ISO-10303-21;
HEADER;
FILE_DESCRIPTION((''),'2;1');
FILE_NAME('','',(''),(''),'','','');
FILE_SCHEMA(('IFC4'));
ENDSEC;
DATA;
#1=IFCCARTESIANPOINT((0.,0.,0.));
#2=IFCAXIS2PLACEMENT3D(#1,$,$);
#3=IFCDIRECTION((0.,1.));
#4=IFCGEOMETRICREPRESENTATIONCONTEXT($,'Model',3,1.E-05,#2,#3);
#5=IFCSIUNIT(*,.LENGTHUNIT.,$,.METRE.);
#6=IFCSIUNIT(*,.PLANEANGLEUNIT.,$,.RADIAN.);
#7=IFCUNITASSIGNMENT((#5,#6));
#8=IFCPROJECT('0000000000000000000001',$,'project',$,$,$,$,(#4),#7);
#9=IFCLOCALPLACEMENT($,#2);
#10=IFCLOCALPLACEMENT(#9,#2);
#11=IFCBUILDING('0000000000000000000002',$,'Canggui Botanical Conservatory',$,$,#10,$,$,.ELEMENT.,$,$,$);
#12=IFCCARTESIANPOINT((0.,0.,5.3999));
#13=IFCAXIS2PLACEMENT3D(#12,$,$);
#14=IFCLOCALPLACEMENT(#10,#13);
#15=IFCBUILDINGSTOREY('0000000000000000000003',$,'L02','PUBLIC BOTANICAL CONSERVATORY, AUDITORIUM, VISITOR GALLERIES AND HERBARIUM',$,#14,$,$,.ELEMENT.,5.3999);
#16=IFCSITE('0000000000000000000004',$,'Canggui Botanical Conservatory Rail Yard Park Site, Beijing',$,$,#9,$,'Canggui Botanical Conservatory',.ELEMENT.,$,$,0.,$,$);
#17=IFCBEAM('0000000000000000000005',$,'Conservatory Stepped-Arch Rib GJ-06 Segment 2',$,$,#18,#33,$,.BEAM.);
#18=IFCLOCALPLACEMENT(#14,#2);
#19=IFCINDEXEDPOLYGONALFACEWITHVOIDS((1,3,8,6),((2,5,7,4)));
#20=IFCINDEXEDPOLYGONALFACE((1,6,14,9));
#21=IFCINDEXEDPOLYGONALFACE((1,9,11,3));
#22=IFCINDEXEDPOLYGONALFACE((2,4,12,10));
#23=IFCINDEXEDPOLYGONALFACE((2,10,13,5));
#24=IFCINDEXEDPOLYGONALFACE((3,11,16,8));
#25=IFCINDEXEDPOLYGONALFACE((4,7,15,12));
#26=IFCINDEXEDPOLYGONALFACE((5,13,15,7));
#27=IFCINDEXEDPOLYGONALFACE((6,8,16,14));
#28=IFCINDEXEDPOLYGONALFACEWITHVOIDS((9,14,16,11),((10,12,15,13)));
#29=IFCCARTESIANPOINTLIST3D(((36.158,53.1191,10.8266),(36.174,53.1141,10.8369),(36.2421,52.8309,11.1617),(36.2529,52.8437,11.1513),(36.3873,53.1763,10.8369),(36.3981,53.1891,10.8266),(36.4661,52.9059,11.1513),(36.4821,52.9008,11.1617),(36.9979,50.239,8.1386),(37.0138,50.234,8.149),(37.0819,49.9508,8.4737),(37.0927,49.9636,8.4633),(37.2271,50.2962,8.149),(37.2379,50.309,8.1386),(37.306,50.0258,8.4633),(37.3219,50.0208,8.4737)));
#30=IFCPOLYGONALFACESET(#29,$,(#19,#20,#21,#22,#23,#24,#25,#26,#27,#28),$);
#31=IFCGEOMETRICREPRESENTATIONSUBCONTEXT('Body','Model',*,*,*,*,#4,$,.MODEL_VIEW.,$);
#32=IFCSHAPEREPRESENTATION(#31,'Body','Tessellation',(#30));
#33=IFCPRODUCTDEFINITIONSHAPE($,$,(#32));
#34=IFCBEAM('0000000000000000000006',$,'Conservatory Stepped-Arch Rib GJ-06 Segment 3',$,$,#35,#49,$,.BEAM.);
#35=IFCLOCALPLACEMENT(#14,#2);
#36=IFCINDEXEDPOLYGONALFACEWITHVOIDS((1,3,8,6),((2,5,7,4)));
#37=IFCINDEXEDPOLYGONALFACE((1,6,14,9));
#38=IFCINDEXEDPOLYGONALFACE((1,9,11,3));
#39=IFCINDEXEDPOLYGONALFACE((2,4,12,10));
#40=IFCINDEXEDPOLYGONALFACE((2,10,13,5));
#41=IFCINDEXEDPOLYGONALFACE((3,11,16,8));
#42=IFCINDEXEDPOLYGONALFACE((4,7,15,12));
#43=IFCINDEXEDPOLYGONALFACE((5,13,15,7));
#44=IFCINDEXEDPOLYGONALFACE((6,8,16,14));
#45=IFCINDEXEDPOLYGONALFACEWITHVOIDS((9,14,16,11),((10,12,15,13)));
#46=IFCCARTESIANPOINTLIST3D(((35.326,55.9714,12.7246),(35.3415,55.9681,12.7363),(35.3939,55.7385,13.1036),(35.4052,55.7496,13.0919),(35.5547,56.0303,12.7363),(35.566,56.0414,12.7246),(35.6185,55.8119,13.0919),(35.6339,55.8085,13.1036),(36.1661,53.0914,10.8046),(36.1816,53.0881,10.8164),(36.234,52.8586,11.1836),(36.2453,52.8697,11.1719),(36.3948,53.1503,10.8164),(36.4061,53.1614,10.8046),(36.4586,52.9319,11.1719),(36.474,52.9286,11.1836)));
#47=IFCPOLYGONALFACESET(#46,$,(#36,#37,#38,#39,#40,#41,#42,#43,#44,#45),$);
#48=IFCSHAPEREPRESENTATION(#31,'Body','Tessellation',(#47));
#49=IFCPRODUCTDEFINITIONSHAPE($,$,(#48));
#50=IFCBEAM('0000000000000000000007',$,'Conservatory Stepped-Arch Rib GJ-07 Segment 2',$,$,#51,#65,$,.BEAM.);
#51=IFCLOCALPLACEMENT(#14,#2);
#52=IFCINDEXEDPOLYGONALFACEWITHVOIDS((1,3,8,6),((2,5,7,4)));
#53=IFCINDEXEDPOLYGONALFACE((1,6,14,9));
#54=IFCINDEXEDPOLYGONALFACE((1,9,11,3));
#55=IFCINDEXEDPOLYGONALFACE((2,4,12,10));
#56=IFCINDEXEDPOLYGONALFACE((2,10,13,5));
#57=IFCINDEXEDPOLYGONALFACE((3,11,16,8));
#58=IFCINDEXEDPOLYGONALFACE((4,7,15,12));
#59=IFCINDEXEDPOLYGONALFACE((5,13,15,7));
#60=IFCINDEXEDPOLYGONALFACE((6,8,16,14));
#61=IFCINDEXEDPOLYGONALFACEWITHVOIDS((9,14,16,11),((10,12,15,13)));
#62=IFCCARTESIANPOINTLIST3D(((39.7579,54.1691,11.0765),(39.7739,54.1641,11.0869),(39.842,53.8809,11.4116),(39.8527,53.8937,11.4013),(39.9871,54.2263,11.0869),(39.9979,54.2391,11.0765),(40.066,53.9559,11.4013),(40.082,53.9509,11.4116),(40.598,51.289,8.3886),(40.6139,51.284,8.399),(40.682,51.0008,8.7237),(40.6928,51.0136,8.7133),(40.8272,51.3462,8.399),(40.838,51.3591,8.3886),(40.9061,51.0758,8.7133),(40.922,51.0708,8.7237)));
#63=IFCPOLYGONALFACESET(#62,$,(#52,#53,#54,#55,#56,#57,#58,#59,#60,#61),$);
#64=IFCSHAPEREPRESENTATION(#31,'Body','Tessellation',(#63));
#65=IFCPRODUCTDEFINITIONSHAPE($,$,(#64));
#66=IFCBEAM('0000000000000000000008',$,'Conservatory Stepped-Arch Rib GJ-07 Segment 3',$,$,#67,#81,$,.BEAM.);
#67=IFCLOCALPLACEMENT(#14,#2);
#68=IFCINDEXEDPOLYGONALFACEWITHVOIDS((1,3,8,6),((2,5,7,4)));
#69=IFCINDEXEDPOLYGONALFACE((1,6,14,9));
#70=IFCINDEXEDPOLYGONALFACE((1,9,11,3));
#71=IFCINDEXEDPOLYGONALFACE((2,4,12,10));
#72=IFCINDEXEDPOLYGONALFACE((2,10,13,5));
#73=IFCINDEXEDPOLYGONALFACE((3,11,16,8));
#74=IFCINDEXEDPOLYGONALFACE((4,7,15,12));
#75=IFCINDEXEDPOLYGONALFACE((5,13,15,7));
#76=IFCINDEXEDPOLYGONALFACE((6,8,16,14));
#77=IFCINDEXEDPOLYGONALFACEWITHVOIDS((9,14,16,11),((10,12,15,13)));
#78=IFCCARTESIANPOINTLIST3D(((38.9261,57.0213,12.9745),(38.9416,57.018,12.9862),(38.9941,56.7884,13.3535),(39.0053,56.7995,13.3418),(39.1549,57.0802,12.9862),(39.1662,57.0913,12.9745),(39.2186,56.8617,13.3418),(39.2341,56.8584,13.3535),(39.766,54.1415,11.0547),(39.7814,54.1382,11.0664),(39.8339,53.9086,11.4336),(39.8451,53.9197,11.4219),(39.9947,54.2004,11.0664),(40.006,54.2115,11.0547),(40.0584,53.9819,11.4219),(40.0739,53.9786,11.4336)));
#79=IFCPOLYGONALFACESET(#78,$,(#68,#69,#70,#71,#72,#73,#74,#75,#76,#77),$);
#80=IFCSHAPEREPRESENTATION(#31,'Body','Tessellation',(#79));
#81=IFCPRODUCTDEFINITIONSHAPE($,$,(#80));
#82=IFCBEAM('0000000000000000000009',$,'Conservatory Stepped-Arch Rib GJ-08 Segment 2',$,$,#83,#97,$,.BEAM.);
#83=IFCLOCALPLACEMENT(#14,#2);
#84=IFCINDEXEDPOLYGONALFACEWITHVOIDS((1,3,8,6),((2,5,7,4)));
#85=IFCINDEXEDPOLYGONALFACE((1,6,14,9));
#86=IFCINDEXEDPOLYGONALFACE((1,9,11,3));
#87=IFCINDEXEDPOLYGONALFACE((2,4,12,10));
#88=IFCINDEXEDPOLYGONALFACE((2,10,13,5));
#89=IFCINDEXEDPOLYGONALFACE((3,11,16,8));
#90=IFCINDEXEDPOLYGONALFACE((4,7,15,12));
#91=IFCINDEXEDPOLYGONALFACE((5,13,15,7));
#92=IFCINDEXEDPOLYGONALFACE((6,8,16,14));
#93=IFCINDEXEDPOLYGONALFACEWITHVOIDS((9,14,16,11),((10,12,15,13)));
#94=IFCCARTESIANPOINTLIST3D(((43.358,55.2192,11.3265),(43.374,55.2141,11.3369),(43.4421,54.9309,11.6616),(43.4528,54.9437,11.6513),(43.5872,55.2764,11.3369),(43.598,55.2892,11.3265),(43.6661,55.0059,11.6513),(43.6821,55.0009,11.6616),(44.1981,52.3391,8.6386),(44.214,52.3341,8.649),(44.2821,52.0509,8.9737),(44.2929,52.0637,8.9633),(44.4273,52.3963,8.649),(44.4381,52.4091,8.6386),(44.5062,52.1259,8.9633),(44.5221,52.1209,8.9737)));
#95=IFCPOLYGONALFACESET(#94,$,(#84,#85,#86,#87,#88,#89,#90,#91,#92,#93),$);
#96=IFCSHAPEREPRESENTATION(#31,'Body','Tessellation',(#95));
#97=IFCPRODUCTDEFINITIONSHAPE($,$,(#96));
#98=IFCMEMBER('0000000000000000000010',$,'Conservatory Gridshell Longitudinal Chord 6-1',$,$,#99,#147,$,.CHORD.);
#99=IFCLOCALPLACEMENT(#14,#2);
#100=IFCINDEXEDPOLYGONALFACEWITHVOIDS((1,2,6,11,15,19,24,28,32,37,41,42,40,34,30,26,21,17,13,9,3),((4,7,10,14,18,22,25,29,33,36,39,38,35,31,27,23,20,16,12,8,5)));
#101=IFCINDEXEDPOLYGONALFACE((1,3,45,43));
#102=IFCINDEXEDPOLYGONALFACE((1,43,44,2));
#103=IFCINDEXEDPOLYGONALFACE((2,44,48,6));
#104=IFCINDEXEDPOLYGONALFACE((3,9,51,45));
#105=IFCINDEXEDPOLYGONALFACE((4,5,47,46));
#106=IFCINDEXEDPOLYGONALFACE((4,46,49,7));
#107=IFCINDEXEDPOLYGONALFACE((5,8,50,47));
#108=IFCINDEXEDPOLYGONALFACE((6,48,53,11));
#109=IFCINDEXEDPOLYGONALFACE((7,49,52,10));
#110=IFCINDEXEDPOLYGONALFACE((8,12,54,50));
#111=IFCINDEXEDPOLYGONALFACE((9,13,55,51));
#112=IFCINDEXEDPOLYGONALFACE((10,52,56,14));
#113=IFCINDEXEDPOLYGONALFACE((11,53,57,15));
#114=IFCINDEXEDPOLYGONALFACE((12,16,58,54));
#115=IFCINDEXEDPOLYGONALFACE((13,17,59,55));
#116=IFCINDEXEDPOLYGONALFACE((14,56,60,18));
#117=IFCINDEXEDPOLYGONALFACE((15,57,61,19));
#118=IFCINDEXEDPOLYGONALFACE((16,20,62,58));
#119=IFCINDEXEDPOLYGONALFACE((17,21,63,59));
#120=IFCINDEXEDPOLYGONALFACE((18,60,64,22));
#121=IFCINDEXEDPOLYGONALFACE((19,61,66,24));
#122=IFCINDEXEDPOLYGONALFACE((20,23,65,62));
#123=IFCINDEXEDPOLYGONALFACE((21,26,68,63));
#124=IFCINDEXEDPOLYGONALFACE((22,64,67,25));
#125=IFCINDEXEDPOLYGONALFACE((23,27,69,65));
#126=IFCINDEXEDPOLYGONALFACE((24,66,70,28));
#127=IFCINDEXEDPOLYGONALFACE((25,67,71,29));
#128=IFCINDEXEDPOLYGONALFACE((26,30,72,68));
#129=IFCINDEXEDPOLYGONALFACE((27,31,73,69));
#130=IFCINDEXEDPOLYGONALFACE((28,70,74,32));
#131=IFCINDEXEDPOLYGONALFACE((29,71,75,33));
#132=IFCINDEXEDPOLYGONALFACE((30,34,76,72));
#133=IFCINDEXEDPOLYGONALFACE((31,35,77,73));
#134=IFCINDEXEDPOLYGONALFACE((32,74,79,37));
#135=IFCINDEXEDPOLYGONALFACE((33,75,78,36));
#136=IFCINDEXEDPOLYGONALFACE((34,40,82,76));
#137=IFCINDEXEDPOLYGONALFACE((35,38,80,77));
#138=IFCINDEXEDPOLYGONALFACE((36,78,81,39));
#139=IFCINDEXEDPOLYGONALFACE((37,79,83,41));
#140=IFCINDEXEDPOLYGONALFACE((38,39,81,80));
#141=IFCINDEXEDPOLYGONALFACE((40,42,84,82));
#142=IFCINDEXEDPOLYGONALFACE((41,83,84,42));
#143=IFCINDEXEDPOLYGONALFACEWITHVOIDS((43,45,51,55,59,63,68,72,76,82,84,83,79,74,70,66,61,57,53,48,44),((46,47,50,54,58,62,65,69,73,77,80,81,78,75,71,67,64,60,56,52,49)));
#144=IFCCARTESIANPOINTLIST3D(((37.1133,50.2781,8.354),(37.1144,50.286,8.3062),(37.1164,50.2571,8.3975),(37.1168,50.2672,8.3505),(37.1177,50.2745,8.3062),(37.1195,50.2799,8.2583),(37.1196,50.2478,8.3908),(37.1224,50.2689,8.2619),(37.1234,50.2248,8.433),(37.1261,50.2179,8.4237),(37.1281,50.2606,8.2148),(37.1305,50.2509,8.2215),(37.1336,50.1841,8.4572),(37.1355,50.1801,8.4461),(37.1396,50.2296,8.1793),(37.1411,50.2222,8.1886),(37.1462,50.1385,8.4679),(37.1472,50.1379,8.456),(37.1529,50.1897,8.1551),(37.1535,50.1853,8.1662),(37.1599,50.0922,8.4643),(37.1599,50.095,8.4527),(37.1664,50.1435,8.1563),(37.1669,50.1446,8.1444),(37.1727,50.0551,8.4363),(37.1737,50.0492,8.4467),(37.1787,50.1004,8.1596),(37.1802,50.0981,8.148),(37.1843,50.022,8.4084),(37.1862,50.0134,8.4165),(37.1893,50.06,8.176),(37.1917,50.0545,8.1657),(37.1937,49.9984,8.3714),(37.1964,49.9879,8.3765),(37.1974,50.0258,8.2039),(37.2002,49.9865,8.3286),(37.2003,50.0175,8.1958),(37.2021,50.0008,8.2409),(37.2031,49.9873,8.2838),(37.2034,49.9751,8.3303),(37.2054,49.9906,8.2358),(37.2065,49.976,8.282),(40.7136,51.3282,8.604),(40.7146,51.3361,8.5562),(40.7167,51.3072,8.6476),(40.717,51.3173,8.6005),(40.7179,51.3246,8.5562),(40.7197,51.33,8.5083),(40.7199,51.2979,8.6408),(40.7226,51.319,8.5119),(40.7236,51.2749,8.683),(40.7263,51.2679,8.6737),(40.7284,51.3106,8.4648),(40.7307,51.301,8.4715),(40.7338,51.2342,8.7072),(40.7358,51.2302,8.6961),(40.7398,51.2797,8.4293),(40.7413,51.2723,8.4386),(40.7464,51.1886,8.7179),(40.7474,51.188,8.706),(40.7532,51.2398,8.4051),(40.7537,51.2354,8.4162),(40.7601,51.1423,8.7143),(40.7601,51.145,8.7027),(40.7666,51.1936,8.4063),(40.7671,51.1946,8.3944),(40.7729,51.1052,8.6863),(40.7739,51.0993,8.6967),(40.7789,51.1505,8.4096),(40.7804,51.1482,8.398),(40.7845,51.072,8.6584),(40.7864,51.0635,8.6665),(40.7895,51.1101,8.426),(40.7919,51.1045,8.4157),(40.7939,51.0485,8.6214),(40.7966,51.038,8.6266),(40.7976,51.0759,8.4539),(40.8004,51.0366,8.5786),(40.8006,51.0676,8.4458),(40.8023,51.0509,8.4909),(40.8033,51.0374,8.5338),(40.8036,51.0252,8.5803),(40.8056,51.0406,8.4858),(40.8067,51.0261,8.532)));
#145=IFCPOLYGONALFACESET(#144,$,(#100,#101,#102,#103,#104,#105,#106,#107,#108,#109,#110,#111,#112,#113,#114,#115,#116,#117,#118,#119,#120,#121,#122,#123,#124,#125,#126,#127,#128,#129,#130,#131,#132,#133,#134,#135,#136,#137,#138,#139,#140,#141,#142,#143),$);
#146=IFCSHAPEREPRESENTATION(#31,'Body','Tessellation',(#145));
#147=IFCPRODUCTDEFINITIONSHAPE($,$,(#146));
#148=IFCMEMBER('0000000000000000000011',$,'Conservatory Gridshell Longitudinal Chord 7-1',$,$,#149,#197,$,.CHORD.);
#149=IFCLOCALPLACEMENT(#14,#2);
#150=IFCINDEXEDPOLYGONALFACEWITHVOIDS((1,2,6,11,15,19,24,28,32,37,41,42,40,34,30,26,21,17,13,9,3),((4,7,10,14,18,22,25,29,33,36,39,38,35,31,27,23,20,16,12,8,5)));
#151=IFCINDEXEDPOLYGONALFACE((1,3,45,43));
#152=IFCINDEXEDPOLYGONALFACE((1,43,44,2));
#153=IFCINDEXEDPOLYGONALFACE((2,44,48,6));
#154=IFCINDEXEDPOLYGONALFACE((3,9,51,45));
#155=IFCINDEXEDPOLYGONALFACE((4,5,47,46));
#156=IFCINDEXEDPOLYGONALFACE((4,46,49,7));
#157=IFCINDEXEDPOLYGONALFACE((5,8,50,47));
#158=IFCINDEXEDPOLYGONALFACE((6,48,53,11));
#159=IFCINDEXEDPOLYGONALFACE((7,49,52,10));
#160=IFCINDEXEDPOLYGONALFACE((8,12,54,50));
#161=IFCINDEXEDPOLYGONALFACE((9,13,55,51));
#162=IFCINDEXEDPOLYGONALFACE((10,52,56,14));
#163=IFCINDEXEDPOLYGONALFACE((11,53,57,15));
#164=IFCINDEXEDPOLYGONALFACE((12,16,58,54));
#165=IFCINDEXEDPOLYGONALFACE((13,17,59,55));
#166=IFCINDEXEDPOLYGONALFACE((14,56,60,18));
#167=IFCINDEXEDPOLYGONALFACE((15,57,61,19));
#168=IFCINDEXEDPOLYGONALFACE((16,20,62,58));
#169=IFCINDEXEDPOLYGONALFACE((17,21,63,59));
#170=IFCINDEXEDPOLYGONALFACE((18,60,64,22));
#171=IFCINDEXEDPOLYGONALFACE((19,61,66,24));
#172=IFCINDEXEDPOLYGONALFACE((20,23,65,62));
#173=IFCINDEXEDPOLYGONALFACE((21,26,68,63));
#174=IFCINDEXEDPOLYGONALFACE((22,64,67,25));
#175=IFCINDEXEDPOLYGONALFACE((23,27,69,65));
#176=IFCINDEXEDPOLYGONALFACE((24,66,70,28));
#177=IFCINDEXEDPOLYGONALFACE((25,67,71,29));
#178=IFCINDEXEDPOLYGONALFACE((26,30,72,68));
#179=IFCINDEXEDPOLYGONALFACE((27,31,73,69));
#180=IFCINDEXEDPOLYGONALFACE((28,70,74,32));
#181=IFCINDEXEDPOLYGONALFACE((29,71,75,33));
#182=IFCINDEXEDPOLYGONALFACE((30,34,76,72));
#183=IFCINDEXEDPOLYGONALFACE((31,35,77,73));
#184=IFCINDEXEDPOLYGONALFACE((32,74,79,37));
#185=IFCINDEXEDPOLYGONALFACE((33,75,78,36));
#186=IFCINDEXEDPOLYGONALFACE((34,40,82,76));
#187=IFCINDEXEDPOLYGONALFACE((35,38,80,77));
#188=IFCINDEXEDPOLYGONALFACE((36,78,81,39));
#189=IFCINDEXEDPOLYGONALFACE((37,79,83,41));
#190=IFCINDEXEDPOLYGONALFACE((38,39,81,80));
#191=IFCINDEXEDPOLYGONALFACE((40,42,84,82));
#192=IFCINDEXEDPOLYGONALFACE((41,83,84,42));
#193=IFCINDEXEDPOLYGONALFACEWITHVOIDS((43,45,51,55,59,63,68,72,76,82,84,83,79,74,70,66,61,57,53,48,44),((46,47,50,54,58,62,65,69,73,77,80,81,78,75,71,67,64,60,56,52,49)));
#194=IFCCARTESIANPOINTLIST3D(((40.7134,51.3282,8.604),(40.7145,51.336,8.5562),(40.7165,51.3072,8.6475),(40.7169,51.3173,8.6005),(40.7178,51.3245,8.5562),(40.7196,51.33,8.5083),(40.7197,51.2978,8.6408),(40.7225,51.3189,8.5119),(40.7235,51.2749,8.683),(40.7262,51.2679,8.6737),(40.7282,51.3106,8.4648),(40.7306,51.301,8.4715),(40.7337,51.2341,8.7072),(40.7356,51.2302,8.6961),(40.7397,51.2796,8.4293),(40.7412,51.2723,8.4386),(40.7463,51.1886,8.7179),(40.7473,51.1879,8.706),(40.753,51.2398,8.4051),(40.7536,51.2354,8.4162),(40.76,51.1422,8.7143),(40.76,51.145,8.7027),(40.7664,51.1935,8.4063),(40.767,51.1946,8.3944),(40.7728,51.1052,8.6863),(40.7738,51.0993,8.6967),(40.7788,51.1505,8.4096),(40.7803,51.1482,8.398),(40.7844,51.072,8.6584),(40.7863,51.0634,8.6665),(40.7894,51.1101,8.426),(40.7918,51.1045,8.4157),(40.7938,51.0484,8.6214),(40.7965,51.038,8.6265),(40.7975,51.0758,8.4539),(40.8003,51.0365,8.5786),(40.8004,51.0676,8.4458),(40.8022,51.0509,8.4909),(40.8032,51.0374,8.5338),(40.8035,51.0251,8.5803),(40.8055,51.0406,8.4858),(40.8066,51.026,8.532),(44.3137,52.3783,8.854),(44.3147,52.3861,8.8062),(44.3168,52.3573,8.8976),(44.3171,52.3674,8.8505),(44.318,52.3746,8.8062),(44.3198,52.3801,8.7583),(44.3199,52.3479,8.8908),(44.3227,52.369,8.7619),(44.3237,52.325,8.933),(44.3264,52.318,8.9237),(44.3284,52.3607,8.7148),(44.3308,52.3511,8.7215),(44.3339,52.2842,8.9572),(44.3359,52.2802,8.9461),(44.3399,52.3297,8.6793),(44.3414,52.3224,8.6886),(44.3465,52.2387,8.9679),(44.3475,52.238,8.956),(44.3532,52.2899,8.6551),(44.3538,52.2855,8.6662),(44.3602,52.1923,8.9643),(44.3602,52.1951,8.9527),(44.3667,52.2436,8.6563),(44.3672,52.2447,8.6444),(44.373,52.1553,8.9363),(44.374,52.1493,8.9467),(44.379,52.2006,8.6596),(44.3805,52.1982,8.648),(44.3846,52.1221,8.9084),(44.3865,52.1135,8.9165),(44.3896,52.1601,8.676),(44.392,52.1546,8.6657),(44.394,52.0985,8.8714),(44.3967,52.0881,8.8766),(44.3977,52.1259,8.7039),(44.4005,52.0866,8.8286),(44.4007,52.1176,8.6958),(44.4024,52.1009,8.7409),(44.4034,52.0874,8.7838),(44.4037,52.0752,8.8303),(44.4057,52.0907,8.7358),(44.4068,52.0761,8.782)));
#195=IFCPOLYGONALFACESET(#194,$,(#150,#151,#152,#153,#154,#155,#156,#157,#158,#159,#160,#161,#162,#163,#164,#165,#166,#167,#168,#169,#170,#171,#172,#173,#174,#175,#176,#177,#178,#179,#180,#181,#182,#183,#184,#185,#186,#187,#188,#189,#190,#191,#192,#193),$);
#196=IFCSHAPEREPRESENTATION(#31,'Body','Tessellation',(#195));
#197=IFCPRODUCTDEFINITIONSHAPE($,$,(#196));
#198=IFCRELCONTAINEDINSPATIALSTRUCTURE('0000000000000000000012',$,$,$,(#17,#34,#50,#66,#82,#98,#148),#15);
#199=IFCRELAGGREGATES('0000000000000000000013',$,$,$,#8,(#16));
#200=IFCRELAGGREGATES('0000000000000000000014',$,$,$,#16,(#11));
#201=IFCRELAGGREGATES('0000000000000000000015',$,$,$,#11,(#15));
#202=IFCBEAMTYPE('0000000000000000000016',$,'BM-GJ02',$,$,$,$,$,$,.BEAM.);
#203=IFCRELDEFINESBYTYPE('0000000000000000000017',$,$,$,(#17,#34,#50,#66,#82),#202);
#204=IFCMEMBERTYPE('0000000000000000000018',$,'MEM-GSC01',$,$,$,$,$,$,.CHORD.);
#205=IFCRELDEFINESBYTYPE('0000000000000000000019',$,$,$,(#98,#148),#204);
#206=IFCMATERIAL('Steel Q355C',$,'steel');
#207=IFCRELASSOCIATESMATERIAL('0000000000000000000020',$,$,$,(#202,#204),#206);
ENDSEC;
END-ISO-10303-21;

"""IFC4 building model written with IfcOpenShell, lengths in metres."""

from ifc_helpers import new_model, si_unit, direction, frame, origin, origin_2d, place, context, subcontext, project, spatial, hollow_rectangle, hollow_circle, extrude, material, material_profile, profile_set, type_object, element, save


model = new_model("IFC4")

# Units and contexts
model_context = context("Model", 3, precision=1e-05, world=origin(), true_north=direction((0.0, 1.0)))
body_context = subcontext(model_context, "Body", "Model", "MODEL_VIEW")
ifc_project = project(units=[si_unit("LENGTHUNIT", "METRE"), si_unit("PLANEANGLEUNIT", "RADIAN")], contexts=[model_context])

# Site, building, storey
site_placement = place(None, origin())
site = spatial("IfcSite", under=ifc_project, at=site_placement, Name="Canggui Botanical Conservatory Rail Yard Park Site, Beijing", LongName="Canggui Botanical Conservatory", CompositionType="ELEMENT", RefElevation=0.0)
building_placement = place(site_placement, origin())
building = spatial("IfcBuilding", under=site, at=building_placement, Name="Canggui Botanical Conservatory", CompositionType="ELEMENT")
storey_placement = place(building_placement, frame((0.0, 0.0, 5.3999)))
storey = spatial("IfcBuildingStorey", under=building, at=storey_placement, Name="L02", Description="PUBLIC BOTANICAL CONSERVATORY, AUDITORIUM, VISITOR GALLERIES AND HERBARIUM", CompositionType="ELEMENT", Elevation=5.3999)

# Beams
ifc_material_1 = material(Name="Steel Q355C", Category="steel")
ifc_material_profile_1 = material_profile(ifc_material_1, hollow_rectangle(XDim=0.25, YDim=0.45, WallThickness=0.0139, at=origin_2d()), Name="RHS 250x450x14")
ifc_profile_set_1 = profile_set([ifc_material_profile_1], Name="Steel Q355C")
beam_type = type_object("IfcBeamType", Name="BM-GJ02", PredefinedType="BEAM", material=ifc_profile_set_1)
beam_1_placement = place(storey_placement, frame((37.1599, 50.1299, 8.3062), z_axis=(-0.208495, 0.715005, 0.667306), x_axis=(-0.960017, -0.279941, 0.0)))
element("IfcBeam", 1, at=beam_1_placement, inside=storey, type_object=beam_type, Name="Conservatory Stepped-Arch Rib GJ-06 Segment 2", PredefinedType="BEAM", context=body_context, shape_type="SweptSolid", body=[
    extrude(hollow_rectangle(XDim=0.25, YDim=0.45, WallThickness=0.0139, at=origin_2d()), origin(), (0.0, 0.0, 1.0), 4.0281),
])
beam_2_placement = place(storey_placement, frame((36.3201, 53.01, 10.9941), z_axis=(-0.235868, 0.808574, 0.539049), x_axis=(-0.959989, -0.280038, 0.0)))
element("IfcBeam", 2, at=beam_2_placement, inside=storey, type_object=beam_type, Name="Conservatory Stepped-Arch Rib GJ-06 Segment 3", PredefinedType="BEAM", context=body_context, shape_type="SweptSolid", body=[
    extrude(hollow_rectangle(XDim=0.25, YDim=0.45, WallThickness=0.0139, at=origin_2d()), origin(), (0.0, 0.0, 1.0), 3.5618),
])
beam_3_placement = place(storey_placement, frame((40.76, 51.1799, 8.5562), z_axis=(-0.208553, 0.714996, 0.667297), x_axis=(-0.959995, -0.280016, 0.0)))
element("IfcBeam", 3, at=beam_3_placement, inside=storey, type_object=beam_type, Name="Conservatory Stepped-Arch Rib GJ-07 Segment 2", PredefinedType="BEAM", context=body_context, shape_type="SweptSolid", body=[
    extrude(hollow_rectangle(XDim=0.25, YDim=0.45, WallThickness=0.0139, at=origin_2d()), origin(), (0.0, 0.0, 1.0), 4.0281),
])
beam_4_placement = place(storey_placement, frame((39.9199, 54.0601, 11.2441), z_axis=(-0.235804, 0.808587, 0.539058), x_axis=(-0.960011, -0.279962, 0.0)))
element("IfcBeam", 4, at=beam_4_placement, inside=storey, type_object=beam_type, Name="Conservatory Stepped-Arch Rib GJ-07 Segment 3", PredefinedType="BEAM", context=body_context, shape_type="SweptSolid", body=[
    extrude(hollow_rectangle(XDim=0.25, YDim=0.45, WallThickness=0.0139, at=origin_2d()), origin(), (0.0, 0.0, 1.0), 3.5615),
])
beam_5_placement = place(storey_placement, frame((44.3601, 52.23, 8.8062), z_axis=(-0.208553, 0.714996, 0.667297), x_axis=(-0.959995, -0.280016, 0.0)))
element("IfcBeam", 5, at=beam_5_placement, inside=storey, type_object=beam_type, Name="Conservatory Stepped-Arch Rib GJ-08 Segment 2", PredefinedType="BEAM", context=body_context, shape_type="SweptSolid", body=[
    extrude(hollow_rectangle(XDim=0.25, YDim=0.45, WallThickness=0.0139, at=origin_2d()), origin(), (0.0, 0.0, 1.0), 4.0281),
])

# Members
ifc_material_profile_2 = material_profile(ifc_material_1, hollow_circle(Radius=0.1626, WallThickness=0.012, at=origin_2d()), Name="CHS 325x12")
ifc_profile_set_2 = profile_set([ifc_material_profile_2], Name="Steel Q355C")
member_type_1 = type_object("IfcMemberType", Name="MEM-GSC01", PredefinedType="CHORD", material=ifc_profile_set_2)
for number, where, z_axis, x_axis, name in (
    (6, (37.1599, 50.1299, 8.3062), (0.957872, 0.279385, 0.066517), (-0.280005, 0.959999, 0.0), "Conservatory Gridshell Longitudinal Chord 6-1"),
    (7, (40.76, 51.1799, 8.5562), (0.957872, 0.279385, 0.066517), (-0.280005, 0.959999, 0.0), "Conservatory Gridshell Longitudinal Chord 7-1"),
):
    element("IfcMember", number, at=place(storey_placement, frame(where, z_axis=z_axis, x_axis=x_axis)), inside=storey, type_object=member_type_1, Name=name, PredefinedType="CHORD", context=body_context, shape_type="SweptSolid", body=[
        extrude(hollow_circle(Radius=0.1626, WallThickness=0.012, at=origin_2d()), origin(), (0.0, 0.0, 1.0), 3.7585),
    ])

save(model, "model.ifc")
